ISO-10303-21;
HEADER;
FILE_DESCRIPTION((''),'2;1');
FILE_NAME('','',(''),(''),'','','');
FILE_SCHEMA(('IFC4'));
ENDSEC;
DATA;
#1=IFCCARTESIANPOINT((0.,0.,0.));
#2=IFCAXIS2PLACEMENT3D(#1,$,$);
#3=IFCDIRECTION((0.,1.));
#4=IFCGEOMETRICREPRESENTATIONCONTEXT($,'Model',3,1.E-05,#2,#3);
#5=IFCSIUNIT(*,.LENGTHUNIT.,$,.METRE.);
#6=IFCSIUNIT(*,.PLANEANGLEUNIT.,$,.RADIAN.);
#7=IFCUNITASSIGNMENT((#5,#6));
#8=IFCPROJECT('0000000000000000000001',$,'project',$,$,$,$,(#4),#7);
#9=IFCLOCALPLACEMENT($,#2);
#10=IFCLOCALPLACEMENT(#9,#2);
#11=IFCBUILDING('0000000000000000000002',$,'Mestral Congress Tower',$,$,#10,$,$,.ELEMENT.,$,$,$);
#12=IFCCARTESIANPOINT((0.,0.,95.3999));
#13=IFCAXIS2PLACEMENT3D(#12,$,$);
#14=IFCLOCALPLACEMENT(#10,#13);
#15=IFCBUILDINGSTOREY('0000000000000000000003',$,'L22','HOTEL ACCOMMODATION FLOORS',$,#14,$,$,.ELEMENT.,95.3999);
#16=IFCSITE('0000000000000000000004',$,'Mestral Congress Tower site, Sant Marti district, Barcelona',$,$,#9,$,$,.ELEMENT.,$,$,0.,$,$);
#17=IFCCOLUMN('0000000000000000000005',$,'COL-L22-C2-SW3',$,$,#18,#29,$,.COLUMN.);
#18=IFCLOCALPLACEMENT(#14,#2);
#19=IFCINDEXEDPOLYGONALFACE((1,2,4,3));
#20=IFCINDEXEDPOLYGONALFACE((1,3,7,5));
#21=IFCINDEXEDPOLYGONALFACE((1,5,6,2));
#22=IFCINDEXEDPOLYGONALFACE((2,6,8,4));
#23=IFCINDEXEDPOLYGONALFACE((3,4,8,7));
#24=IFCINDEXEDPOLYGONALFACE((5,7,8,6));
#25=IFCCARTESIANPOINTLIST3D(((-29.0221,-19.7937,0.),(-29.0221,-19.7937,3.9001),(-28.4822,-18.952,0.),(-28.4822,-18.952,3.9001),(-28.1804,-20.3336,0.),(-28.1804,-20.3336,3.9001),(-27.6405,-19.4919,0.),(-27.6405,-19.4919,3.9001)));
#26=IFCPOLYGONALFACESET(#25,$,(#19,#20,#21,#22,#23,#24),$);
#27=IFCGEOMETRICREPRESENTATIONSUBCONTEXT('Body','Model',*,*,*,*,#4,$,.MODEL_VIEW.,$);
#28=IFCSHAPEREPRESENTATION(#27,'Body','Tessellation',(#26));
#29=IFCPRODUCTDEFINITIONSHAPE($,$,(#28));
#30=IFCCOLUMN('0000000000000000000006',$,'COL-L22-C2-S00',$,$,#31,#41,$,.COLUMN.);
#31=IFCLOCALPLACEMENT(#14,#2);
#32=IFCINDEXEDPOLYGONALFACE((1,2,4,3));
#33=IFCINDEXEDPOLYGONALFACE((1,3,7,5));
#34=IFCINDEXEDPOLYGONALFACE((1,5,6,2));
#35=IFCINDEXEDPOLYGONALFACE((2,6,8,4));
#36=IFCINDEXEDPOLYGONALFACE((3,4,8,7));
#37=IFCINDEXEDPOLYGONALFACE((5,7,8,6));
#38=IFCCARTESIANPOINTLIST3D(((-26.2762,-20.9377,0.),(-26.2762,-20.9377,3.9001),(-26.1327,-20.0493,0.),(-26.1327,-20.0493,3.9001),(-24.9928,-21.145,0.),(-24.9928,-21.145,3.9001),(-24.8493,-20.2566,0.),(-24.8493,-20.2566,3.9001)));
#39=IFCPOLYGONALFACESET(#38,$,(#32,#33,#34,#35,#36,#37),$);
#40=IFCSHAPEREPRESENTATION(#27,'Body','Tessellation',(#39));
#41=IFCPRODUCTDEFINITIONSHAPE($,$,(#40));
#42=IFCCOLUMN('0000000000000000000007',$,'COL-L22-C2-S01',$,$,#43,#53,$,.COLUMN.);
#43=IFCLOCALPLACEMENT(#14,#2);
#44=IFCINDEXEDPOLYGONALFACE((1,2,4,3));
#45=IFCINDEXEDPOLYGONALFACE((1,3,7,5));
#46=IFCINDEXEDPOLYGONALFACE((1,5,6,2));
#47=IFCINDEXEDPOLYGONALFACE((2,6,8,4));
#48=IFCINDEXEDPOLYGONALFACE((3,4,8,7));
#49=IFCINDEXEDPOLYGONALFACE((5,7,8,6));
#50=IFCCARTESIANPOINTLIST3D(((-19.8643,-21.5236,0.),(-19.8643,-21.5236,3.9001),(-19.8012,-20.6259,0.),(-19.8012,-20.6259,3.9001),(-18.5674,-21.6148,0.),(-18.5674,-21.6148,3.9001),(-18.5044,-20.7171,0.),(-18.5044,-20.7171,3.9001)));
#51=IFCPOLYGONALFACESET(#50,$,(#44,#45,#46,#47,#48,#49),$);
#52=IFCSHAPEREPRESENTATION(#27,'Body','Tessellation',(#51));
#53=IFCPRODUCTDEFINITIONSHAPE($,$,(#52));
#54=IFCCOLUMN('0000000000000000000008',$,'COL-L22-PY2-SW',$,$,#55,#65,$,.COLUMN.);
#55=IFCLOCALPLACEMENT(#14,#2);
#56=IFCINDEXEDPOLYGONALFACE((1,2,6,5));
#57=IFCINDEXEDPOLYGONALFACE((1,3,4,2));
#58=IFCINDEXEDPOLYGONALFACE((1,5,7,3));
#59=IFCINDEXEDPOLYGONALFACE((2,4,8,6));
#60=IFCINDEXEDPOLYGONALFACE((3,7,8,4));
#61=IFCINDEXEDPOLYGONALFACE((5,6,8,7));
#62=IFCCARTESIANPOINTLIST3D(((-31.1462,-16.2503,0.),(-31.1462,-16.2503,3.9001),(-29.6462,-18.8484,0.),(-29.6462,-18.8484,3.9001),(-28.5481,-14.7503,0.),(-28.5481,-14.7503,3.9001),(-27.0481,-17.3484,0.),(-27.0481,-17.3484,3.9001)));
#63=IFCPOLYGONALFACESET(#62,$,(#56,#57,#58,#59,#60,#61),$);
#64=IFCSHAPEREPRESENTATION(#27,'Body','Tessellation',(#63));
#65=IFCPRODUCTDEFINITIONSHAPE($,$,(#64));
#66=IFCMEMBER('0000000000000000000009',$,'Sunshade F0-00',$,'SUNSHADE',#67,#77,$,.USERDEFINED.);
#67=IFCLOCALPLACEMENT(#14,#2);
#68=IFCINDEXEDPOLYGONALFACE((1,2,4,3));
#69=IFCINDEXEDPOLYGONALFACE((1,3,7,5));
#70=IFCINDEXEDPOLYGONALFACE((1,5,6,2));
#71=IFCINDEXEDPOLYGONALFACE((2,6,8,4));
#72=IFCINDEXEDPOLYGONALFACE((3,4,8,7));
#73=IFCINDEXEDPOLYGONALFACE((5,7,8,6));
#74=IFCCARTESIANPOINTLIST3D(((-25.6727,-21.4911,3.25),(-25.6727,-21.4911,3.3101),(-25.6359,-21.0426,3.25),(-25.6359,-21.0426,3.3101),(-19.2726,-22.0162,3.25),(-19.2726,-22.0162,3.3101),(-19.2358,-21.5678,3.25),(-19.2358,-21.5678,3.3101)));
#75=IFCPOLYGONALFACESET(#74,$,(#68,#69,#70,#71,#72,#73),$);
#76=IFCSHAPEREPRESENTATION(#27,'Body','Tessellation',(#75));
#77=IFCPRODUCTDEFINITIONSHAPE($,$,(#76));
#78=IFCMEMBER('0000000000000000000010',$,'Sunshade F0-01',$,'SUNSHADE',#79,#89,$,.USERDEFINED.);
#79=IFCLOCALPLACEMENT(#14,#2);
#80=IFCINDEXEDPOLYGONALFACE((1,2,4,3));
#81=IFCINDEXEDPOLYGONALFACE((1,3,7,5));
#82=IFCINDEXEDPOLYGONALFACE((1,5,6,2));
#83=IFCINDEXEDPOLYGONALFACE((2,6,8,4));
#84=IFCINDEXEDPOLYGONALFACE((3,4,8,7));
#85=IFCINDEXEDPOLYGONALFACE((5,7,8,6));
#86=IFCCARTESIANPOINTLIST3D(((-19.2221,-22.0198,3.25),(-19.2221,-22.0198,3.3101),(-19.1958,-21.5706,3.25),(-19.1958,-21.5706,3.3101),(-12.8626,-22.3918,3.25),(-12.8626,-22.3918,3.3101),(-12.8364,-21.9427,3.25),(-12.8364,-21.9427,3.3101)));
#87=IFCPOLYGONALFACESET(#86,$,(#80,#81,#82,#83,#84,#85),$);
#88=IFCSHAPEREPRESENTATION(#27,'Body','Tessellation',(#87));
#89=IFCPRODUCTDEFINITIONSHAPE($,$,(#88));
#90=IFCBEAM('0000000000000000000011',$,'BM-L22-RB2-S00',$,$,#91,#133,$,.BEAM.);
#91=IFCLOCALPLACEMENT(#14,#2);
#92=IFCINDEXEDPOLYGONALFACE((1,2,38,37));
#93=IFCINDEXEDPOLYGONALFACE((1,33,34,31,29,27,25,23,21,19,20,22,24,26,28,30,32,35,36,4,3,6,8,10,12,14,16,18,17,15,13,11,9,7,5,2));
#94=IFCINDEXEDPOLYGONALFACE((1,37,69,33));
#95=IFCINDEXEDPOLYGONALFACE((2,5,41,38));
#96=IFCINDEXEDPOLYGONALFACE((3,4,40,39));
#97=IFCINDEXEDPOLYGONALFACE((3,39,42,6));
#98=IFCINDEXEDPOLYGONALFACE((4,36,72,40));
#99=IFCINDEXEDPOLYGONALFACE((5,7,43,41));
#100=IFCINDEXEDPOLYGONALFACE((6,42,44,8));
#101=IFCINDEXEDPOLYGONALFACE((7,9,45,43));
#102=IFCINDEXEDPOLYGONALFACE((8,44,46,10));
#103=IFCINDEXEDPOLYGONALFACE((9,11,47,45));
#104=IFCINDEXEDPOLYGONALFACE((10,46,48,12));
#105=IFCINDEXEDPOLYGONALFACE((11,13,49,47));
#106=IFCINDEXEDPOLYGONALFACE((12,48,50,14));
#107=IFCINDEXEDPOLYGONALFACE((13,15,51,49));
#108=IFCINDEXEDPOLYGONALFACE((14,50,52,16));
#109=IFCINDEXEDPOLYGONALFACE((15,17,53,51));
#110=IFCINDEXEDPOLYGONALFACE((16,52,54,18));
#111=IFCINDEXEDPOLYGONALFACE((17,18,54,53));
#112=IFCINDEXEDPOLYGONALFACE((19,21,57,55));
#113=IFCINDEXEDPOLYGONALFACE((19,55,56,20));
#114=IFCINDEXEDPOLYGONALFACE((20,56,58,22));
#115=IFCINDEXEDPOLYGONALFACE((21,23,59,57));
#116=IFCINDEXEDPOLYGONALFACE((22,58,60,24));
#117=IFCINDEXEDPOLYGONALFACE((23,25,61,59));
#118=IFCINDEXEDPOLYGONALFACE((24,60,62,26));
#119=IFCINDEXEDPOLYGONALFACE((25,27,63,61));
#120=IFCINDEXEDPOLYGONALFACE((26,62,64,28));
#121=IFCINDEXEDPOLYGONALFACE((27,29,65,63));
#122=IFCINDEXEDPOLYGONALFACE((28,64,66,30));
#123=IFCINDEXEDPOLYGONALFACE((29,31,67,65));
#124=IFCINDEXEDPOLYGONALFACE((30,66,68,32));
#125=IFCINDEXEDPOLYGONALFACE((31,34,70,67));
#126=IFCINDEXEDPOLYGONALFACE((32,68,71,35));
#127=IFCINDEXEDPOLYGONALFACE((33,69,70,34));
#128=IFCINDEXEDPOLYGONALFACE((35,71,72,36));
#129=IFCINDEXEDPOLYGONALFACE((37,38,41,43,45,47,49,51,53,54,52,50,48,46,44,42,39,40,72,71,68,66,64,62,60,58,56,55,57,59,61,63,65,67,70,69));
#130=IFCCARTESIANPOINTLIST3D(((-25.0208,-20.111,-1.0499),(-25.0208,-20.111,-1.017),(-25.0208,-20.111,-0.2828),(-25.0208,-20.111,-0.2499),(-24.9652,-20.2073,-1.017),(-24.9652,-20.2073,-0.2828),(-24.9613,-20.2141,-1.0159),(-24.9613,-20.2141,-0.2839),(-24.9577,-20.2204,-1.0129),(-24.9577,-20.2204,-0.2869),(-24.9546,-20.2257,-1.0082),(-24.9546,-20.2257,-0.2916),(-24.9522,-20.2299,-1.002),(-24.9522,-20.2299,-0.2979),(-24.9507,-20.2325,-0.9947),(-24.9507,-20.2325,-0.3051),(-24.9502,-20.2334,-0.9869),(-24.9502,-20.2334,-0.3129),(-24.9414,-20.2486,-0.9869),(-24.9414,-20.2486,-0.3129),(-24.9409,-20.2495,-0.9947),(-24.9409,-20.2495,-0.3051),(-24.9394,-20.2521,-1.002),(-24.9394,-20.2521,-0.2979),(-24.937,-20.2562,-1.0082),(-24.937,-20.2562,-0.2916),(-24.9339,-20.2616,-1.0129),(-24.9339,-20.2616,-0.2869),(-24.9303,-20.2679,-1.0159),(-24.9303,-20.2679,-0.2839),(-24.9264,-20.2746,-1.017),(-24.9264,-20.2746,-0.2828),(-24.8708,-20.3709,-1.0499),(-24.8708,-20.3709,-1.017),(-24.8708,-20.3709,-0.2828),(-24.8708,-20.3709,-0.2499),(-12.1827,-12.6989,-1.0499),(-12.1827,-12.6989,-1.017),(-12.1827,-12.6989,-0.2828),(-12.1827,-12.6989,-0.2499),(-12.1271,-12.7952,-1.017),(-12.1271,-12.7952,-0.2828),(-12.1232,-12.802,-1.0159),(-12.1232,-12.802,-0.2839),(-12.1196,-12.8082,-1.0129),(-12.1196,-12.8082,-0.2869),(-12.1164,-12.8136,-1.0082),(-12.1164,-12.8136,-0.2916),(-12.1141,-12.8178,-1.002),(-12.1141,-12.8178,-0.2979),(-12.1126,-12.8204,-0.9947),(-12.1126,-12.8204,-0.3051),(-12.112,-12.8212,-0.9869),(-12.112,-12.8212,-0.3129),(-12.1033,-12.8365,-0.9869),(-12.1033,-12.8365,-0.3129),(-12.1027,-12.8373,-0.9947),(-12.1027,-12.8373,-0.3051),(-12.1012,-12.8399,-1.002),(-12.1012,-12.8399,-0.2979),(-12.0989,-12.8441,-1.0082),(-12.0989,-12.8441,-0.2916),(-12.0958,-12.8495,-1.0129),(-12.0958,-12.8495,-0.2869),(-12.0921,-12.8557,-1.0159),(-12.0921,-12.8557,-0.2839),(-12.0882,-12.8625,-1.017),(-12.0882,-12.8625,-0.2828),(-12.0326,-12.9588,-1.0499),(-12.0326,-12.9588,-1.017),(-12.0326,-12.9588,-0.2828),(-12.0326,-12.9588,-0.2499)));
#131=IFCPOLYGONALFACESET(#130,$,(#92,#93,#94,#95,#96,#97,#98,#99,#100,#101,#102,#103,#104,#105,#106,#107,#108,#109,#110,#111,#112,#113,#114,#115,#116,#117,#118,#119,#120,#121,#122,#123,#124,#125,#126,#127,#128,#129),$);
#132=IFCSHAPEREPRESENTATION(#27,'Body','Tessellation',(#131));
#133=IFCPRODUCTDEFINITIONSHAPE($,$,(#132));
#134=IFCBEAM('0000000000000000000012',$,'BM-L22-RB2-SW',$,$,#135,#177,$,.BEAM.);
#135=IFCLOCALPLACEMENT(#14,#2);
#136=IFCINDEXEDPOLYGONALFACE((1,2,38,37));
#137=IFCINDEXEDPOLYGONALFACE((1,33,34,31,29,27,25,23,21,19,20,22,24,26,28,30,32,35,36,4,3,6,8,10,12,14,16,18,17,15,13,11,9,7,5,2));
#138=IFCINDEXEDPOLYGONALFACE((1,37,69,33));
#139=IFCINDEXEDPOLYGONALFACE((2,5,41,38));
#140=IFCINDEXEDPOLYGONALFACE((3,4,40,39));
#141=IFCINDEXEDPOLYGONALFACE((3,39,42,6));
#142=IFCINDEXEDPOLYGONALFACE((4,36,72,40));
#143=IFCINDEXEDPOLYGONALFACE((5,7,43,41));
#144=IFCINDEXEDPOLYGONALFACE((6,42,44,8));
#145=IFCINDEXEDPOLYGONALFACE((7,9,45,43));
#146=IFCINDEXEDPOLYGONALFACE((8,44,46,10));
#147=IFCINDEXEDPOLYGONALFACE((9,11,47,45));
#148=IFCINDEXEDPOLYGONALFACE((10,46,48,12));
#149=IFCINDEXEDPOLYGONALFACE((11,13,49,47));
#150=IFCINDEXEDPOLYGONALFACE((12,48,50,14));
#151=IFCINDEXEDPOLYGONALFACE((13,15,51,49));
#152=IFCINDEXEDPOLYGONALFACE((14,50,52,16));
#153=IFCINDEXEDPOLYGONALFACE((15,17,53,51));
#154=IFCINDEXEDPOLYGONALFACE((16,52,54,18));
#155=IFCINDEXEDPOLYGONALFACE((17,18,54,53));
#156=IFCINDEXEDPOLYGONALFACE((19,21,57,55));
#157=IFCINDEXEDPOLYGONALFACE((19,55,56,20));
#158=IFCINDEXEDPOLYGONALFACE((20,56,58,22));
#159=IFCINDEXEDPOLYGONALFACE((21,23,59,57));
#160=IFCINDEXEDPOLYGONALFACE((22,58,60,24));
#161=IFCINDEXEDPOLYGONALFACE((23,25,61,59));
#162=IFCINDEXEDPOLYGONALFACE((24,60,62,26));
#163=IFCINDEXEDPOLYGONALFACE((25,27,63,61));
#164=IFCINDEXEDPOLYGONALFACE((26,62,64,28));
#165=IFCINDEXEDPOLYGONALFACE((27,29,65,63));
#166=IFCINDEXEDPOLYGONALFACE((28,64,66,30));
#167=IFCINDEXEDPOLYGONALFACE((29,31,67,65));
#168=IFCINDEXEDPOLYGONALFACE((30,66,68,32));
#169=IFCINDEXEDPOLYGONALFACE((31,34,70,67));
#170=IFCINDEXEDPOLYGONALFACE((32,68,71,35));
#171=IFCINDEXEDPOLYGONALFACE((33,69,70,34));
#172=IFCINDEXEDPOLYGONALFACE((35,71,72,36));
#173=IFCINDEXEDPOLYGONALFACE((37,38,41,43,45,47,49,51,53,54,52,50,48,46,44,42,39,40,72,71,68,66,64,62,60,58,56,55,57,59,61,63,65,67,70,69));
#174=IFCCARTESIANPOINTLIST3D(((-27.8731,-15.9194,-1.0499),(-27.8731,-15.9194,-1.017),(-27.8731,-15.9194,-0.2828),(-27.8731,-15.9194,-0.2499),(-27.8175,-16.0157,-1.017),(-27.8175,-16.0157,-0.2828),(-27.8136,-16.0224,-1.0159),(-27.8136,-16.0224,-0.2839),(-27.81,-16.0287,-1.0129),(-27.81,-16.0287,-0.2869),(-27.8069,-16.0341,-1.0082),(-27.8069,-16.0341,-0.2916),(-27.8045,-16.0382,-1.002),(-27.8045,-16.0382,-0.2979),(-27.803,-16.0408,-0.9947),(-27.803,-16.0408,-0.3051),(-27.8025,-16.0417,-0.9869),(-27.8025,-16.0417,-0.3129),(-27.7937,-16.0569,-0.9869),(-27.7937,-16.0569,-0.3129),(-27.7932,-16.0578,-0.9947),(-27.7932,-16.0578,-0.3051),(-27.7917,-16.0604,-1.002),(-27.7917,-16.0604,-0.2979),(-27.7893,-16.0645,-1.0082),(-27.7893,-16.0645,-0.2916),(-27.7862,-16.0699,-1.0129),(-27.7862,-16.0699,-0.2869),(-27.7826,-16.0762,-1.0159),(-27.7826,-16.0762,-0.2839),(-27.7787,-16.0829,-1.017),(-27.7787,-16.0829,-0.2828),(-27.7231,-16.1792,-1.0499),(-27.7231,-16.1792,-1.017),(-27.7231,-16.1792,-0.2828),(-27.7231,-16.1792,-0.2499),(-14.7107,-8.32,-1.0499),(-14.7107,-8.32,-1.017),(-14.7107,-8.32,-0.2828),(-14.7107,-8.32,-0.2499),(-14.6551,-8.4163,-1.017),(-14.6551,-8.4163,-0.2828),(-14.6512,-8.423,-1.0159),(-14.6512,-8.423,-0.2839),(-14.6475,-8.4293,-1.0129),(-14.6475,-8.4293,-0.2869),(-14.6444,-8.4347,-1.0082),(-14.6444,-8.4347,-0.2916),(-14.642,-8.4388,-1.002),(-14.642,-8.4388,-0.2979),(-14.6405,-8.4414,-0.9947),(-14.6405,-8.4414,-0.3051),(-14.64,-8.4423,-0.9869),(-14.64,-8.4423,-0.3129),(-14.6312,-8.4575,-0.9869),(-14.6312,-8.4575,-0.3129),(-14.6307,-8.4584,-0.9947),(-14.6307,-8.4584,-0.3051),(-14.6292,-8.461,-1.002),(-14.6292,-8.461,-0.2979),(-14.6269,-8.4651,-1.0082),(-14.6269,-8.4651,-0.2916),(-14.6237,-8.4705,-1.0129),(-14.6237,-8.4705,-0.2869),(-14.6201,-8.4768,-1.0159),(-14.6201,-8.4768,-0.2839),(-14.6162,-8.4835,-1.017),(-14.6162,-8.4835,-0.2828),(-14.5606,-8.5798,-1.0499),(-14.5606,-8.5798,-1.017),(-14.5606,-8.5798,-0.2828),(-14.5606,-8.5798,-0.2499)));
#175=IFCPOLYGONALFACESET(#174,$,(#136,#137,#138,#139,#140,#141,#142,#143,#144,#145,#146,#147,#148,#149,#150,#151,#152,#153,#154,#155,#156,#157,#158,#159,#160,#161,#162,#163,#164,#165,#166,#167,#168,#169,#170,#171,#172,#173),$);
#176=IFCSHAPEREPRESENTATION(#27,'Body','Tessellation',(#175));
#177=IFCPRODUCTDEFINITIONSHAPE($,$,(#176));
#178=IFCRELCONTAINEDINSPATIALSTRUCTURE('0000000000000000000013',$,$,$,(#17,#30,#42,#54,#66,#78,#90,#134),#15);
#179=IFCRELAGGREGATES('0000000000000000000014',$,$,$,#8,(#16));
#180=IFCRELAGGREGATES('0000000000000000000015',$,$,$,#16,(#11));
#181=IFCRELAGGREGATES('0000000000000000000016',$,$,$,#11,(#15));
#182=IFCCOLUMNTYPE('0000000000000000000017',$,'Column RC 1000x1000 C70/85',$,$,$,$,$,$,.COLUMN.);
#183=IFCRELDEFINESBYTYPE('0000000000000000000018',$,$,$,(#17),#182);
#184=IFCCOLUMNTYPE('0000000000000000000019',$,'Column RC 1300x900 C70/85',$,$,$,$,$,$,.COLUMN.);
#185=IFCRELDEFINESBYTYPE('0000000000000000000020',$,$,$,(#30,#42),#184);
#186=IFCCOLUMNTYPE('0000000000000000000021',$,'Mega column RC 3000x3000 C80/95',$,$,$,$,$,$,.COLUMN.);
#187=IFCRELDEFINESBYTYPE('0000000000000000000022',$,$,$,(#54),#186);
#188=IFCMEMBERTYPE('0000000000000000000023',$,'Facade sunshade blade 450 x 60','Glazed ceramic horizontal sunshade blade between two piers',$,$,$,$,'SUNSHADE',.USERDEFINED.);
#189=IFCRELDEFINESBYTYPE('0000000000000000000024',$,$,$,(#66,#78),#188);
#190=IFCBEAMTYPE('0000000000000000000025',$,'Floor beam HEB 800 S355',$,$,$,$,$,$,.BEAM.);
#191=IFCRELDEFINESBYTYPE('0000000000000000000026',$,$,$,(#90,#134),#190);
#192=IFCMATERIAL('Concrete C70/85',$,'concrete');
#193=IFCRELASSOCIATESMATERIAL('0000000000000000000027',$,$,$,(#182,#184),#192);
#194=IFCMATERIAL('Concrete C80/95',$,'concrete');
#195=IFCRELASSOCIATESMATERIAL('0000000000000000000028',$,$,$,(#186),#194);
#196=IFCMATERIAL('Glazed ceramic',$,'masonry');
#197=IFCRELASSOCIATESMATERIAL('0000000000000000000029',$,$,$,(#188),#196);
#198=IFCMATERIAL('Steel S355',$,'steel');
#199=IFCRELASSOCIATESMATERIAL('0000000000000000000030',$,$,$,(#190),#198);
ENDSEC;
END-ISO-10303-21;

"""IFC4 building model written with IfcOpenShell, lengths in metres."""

from ifc_helpers import new_model, si_unit, direction, frame, origin, origin_2d, place, context, subcontext, project, spatial, rectangle, i_section, extrude, material, material_profile, profile_set, type_object, element, save


model = new_model("IFC4")

# Units and contexts
model_context = context("Model", 3, precision=1e-05, world=origin(), true_north=direction((0.0, 1.0)))
body_context = subcontext(model_context, "Body", "Model", "MODEL_VIEW")
ifc_project = project(units=[si_unit("LENGTHUNIT", "METRE"), si_unit("PLANEANGLEUNIT", "RADIAN")], contexts=[model_context])

# Site, building, storey
site_placement = place(None, origin())
site = spatial("IfcSite", under=ifc_project, at=site_placement, Name="Mestral Congress Tower site, Sant Marti district, Barcelona", CompositionType="ELEMENT", RefElevation=0.0)
building_placement = place(site_placement, origin())
building = spatial("IfcBuilding", under=site, at=building_placement, Name="Mestral Congress Tower", CompositionType="ELEMENT")
storey_placement = place(building_placement, frame((0.0, 0.0, 95.3999)))
storey = spatial("IfcBuildingStorey", under=building, at=storey_placement, Name="L22", Description="HOTEL ACCOMMODATION FLOORS", CompositionType="ELEMENT", Elevation=95.3999)

# Columns
ifc_material_1 = material(Name="Concrete C70/85", Category="concrete")
ifc_material_profile_1 = material_profile(ifc_material_1, rectangle(XDim=1.0, YDim=1.0, at=origin_2d()), Name="RC 1000x1000")
ifc_profile_set_1 = profile_set([ifc_material_profile_1], Name="Concrete C70/85")
column_type_1 = type_object("IfcColumnType", Name="Column RC 1000x1000 C70/85", PredefinedType="COLUMN", material=ifc_profile_set_1)
column_1_placement = place(storey_placement, frame((-28.3313, -19.6428, 0.0), z_axis=(0.0, 0.0, 1.0), x_axis=(0.8417, -0.539945, 0.0)))
element("IfcColumn", 1, at=column_1_placement, inside=storey, type_object=column_type_1, Name="COL-L22-C2-SW3", PredefinedType="COLUMN", context=body_context, shape_type="SweptSolid", body=[
    extrude(rectangle(XDim=1.0, YDim=1.0, at=origin_2d()), origin(), (0.0, 0.0, 1.0), 3.9001),
])
ifc_material_profile_2 = material_profile(ifc_material_1, rectangle(XDim=1.3, YDim=0.8999, at=origin_2d()), Name="RC 1300x900")
ifc_profile_set_2 = profile_set([ifc_material_profile_2], Name="Concrete C70/85")
column_type_2 = type_object("IfcColumnType", Name="Column RC 1300x900 C70/85", PredefinedType="COLUMN", material=ifc_profile_set_2)
for number, where, z_axis, x_axis, name in (
    (2, (-25.5627, -20.5972, 0.0), (0.0, 0.0, 1.0), (0.987202, -0.159473, 0.0), "COL-L22-C2-S00"),
    (3, (-19.1843, -21.1204, 0.0), (0.0, 0.0, 1.0), (0.99754, -0.070101, 0.0), "COL-L22-C2-S01"),
):
    element("IfcColumn", number, at=place(storey_placement, frame(where, z_axis=z_axis, x_axis=x_axis)), inside=storey, type_object=column_type_2, Name=name, PredefinedType="COLUMN", context=body_context, shape_type="SweptSolid", body=[
        extrude(rectangle(XDim=1.3, YDim=0.8999, at=origin_2d()), origin(), (0.0, 0.0, 1.0), 3.9001),
    ])
ifc_material_2 = material(Name="Concrete C80/95", Category="concrete")
ifc_material_profile_3 = material_profile(ifc_material_2, rectangle(XDim=3.0, YDim=3.0, at=origin_2d()), Name="RC 3000x3000")
ifc_profile_set_3 = profile_set([ifc_material_profile_3], Name="Concrete C80/95")
column_type_3 = type_object("IfcColumnType", Name="Mega column RC 3000x3000 C80/95", PredefinedType="COLUMN", material=ifc_profile_set_3)
column_2_placement = place(storey_placement, frame((-29.0972, -16.7993, 0.0), z_axis=(0.0, 0.0, 1.0), x_axis=(-0.866025, -0.5, 0.0)))
element("IfcColumn", 4, at=column_2_placement, inside=storey, type_object=column_type_3, Name="COL-L22-PY2-SW", PredefinedType="COLUMN", context=body_context, shape_type="SweptSolid", body=[
    extrude(rectangle(XDim=3.0, YDim=3.0, at=origin_2d()), origin(), (0.0, 0.0, 1.0), 3.9001),
])

# Members
ifc_material_3 = material(Name="Glazed ceramic", Category="masonry")
ifc_material_profile_4 = material_profile(ifc_material_3, rectangle(XDim=0.45, YDim=0.0601, at=origin_2d()), Name="Ceramic blade 450 x 60")
ifc_profile_set_4 = profile_set([ifc_material_profile_4], Name="Glazed ceramic")
member_type = type_object("IfcMemberType", Name="Facade sunshade blade 450 x 60", Description="Glazed ceramic horizontal sunshade blade between two piers", ElementType="SUNSHADE", PredefinedType="USERDEFINED", material=ifc_profile_set_4)
member_1_placement = place(storey_placement, frame((-25.6543, -21.2668, 3.28), z_axis=(0.996651, -0.081777, 0.0), x_axis=(0.081777, 0.996651, 0.0)))
element("IfcMember", 5, at=member_1_placement, inside=storey, type_object=member_type, Name="Sunshade F0-00", ObjectType="SUNSHADE", PredefinedType="USERDEFINED", context=body_context, shape_type="SweptSolid", body=[
    extrude(rectangle(XDim=0.45, YDim=0.0601, at=origin_2d()), origin(), (0.0, 0.0, 1.0), 6.4216),
])
member_2_placement = place(storey_placement, frame((-19.209, -21.7952, 3.28), z_axis=(0.998293, -0.058407, 0.0), x_axis=(0.058407, 0.998293, 0.0)))
element("IfcMember", 6, at=member_2_placement, inside=storey, type_object=member_type, Name="Sunshade F0-01", ObjectType="SUNSHADE", PredefinedType="USERDEFINED", context=body_context, shape_type="SweptSolid", body=[
    extrude(rectangle(XDim=0.45, YDim=0.0601, at=origin_2d()), origin(), (0.0, 0.0, 1.0), 6.3704),
])

# Beams
ifc_material_4 = material(Name="Steel S355", Category="steel")
ifc_material_profile_5 = material_profile(ifc_material_4, i_section(OverallWidth=0.3, OverallDepth=0.8, WebThickness=0.0176, FlangeThickness=0.033, FilletRadius=0.03, at=origin_2d()), Name="HEB 800")
ifc_profile_set_5 = profile_set([ifc_material_profile_5], Name="Steel S355")
beam_type_1 = type_object("IfcBeamType", Name="Floor beam HEB 800 S355", PredefinedType="BEAM", material=ifc_profile_set_5)
beam_1_placement = place(storey_placement, frame((-24.9458, -20.241, -0.6499), z_axis=(0.866025, 0.5, 0.0), x_axis=(-0.5, 0.866025, 0.0)))
element("IfcBeam", 7, at=beam_1_placement, inside=storey, type_object=beam_type_1, Name="BM-L22-RB2-S00", PredefinedType="BEAM", context=body_context, shape_type="SweptSolid", body=[
    extrude(i_section(OverallWidth=0.3, OverallDepth=0.8, WebThickness=0.0176, FlangeThickness=0.033, FilletRadius=0.03, at=origin_2d()), origin(), (0.0, 0.0, 1.0), 14.8242),
])
beam_2_placement = place(storey_placement, frame((-27.7981, -16.0493, -0.6499), z_axis=(0.866023, 0.500004, 0.0), x_axis=(-0.500004, 0.866023, 0.0)))
element("IfcBeam", 8, at=beam_2_placement, inside=storey, type_object=beam_type_1, Name="BM-L22-RB2-SW", PredefinedType="BEAM", context=body_context, shape_type="SweptSolid", body=[
    extrude(i_section(OverallWidth=0.3, OverallDepth=0.8, WebThickness=0.0176, FlangeThickness=0.033, FilletRadius=0.03, at=origin_2d()), origin(), (0.0, 0.0, 1.0), 15.1987),
])

save(model, "model.ifc")
